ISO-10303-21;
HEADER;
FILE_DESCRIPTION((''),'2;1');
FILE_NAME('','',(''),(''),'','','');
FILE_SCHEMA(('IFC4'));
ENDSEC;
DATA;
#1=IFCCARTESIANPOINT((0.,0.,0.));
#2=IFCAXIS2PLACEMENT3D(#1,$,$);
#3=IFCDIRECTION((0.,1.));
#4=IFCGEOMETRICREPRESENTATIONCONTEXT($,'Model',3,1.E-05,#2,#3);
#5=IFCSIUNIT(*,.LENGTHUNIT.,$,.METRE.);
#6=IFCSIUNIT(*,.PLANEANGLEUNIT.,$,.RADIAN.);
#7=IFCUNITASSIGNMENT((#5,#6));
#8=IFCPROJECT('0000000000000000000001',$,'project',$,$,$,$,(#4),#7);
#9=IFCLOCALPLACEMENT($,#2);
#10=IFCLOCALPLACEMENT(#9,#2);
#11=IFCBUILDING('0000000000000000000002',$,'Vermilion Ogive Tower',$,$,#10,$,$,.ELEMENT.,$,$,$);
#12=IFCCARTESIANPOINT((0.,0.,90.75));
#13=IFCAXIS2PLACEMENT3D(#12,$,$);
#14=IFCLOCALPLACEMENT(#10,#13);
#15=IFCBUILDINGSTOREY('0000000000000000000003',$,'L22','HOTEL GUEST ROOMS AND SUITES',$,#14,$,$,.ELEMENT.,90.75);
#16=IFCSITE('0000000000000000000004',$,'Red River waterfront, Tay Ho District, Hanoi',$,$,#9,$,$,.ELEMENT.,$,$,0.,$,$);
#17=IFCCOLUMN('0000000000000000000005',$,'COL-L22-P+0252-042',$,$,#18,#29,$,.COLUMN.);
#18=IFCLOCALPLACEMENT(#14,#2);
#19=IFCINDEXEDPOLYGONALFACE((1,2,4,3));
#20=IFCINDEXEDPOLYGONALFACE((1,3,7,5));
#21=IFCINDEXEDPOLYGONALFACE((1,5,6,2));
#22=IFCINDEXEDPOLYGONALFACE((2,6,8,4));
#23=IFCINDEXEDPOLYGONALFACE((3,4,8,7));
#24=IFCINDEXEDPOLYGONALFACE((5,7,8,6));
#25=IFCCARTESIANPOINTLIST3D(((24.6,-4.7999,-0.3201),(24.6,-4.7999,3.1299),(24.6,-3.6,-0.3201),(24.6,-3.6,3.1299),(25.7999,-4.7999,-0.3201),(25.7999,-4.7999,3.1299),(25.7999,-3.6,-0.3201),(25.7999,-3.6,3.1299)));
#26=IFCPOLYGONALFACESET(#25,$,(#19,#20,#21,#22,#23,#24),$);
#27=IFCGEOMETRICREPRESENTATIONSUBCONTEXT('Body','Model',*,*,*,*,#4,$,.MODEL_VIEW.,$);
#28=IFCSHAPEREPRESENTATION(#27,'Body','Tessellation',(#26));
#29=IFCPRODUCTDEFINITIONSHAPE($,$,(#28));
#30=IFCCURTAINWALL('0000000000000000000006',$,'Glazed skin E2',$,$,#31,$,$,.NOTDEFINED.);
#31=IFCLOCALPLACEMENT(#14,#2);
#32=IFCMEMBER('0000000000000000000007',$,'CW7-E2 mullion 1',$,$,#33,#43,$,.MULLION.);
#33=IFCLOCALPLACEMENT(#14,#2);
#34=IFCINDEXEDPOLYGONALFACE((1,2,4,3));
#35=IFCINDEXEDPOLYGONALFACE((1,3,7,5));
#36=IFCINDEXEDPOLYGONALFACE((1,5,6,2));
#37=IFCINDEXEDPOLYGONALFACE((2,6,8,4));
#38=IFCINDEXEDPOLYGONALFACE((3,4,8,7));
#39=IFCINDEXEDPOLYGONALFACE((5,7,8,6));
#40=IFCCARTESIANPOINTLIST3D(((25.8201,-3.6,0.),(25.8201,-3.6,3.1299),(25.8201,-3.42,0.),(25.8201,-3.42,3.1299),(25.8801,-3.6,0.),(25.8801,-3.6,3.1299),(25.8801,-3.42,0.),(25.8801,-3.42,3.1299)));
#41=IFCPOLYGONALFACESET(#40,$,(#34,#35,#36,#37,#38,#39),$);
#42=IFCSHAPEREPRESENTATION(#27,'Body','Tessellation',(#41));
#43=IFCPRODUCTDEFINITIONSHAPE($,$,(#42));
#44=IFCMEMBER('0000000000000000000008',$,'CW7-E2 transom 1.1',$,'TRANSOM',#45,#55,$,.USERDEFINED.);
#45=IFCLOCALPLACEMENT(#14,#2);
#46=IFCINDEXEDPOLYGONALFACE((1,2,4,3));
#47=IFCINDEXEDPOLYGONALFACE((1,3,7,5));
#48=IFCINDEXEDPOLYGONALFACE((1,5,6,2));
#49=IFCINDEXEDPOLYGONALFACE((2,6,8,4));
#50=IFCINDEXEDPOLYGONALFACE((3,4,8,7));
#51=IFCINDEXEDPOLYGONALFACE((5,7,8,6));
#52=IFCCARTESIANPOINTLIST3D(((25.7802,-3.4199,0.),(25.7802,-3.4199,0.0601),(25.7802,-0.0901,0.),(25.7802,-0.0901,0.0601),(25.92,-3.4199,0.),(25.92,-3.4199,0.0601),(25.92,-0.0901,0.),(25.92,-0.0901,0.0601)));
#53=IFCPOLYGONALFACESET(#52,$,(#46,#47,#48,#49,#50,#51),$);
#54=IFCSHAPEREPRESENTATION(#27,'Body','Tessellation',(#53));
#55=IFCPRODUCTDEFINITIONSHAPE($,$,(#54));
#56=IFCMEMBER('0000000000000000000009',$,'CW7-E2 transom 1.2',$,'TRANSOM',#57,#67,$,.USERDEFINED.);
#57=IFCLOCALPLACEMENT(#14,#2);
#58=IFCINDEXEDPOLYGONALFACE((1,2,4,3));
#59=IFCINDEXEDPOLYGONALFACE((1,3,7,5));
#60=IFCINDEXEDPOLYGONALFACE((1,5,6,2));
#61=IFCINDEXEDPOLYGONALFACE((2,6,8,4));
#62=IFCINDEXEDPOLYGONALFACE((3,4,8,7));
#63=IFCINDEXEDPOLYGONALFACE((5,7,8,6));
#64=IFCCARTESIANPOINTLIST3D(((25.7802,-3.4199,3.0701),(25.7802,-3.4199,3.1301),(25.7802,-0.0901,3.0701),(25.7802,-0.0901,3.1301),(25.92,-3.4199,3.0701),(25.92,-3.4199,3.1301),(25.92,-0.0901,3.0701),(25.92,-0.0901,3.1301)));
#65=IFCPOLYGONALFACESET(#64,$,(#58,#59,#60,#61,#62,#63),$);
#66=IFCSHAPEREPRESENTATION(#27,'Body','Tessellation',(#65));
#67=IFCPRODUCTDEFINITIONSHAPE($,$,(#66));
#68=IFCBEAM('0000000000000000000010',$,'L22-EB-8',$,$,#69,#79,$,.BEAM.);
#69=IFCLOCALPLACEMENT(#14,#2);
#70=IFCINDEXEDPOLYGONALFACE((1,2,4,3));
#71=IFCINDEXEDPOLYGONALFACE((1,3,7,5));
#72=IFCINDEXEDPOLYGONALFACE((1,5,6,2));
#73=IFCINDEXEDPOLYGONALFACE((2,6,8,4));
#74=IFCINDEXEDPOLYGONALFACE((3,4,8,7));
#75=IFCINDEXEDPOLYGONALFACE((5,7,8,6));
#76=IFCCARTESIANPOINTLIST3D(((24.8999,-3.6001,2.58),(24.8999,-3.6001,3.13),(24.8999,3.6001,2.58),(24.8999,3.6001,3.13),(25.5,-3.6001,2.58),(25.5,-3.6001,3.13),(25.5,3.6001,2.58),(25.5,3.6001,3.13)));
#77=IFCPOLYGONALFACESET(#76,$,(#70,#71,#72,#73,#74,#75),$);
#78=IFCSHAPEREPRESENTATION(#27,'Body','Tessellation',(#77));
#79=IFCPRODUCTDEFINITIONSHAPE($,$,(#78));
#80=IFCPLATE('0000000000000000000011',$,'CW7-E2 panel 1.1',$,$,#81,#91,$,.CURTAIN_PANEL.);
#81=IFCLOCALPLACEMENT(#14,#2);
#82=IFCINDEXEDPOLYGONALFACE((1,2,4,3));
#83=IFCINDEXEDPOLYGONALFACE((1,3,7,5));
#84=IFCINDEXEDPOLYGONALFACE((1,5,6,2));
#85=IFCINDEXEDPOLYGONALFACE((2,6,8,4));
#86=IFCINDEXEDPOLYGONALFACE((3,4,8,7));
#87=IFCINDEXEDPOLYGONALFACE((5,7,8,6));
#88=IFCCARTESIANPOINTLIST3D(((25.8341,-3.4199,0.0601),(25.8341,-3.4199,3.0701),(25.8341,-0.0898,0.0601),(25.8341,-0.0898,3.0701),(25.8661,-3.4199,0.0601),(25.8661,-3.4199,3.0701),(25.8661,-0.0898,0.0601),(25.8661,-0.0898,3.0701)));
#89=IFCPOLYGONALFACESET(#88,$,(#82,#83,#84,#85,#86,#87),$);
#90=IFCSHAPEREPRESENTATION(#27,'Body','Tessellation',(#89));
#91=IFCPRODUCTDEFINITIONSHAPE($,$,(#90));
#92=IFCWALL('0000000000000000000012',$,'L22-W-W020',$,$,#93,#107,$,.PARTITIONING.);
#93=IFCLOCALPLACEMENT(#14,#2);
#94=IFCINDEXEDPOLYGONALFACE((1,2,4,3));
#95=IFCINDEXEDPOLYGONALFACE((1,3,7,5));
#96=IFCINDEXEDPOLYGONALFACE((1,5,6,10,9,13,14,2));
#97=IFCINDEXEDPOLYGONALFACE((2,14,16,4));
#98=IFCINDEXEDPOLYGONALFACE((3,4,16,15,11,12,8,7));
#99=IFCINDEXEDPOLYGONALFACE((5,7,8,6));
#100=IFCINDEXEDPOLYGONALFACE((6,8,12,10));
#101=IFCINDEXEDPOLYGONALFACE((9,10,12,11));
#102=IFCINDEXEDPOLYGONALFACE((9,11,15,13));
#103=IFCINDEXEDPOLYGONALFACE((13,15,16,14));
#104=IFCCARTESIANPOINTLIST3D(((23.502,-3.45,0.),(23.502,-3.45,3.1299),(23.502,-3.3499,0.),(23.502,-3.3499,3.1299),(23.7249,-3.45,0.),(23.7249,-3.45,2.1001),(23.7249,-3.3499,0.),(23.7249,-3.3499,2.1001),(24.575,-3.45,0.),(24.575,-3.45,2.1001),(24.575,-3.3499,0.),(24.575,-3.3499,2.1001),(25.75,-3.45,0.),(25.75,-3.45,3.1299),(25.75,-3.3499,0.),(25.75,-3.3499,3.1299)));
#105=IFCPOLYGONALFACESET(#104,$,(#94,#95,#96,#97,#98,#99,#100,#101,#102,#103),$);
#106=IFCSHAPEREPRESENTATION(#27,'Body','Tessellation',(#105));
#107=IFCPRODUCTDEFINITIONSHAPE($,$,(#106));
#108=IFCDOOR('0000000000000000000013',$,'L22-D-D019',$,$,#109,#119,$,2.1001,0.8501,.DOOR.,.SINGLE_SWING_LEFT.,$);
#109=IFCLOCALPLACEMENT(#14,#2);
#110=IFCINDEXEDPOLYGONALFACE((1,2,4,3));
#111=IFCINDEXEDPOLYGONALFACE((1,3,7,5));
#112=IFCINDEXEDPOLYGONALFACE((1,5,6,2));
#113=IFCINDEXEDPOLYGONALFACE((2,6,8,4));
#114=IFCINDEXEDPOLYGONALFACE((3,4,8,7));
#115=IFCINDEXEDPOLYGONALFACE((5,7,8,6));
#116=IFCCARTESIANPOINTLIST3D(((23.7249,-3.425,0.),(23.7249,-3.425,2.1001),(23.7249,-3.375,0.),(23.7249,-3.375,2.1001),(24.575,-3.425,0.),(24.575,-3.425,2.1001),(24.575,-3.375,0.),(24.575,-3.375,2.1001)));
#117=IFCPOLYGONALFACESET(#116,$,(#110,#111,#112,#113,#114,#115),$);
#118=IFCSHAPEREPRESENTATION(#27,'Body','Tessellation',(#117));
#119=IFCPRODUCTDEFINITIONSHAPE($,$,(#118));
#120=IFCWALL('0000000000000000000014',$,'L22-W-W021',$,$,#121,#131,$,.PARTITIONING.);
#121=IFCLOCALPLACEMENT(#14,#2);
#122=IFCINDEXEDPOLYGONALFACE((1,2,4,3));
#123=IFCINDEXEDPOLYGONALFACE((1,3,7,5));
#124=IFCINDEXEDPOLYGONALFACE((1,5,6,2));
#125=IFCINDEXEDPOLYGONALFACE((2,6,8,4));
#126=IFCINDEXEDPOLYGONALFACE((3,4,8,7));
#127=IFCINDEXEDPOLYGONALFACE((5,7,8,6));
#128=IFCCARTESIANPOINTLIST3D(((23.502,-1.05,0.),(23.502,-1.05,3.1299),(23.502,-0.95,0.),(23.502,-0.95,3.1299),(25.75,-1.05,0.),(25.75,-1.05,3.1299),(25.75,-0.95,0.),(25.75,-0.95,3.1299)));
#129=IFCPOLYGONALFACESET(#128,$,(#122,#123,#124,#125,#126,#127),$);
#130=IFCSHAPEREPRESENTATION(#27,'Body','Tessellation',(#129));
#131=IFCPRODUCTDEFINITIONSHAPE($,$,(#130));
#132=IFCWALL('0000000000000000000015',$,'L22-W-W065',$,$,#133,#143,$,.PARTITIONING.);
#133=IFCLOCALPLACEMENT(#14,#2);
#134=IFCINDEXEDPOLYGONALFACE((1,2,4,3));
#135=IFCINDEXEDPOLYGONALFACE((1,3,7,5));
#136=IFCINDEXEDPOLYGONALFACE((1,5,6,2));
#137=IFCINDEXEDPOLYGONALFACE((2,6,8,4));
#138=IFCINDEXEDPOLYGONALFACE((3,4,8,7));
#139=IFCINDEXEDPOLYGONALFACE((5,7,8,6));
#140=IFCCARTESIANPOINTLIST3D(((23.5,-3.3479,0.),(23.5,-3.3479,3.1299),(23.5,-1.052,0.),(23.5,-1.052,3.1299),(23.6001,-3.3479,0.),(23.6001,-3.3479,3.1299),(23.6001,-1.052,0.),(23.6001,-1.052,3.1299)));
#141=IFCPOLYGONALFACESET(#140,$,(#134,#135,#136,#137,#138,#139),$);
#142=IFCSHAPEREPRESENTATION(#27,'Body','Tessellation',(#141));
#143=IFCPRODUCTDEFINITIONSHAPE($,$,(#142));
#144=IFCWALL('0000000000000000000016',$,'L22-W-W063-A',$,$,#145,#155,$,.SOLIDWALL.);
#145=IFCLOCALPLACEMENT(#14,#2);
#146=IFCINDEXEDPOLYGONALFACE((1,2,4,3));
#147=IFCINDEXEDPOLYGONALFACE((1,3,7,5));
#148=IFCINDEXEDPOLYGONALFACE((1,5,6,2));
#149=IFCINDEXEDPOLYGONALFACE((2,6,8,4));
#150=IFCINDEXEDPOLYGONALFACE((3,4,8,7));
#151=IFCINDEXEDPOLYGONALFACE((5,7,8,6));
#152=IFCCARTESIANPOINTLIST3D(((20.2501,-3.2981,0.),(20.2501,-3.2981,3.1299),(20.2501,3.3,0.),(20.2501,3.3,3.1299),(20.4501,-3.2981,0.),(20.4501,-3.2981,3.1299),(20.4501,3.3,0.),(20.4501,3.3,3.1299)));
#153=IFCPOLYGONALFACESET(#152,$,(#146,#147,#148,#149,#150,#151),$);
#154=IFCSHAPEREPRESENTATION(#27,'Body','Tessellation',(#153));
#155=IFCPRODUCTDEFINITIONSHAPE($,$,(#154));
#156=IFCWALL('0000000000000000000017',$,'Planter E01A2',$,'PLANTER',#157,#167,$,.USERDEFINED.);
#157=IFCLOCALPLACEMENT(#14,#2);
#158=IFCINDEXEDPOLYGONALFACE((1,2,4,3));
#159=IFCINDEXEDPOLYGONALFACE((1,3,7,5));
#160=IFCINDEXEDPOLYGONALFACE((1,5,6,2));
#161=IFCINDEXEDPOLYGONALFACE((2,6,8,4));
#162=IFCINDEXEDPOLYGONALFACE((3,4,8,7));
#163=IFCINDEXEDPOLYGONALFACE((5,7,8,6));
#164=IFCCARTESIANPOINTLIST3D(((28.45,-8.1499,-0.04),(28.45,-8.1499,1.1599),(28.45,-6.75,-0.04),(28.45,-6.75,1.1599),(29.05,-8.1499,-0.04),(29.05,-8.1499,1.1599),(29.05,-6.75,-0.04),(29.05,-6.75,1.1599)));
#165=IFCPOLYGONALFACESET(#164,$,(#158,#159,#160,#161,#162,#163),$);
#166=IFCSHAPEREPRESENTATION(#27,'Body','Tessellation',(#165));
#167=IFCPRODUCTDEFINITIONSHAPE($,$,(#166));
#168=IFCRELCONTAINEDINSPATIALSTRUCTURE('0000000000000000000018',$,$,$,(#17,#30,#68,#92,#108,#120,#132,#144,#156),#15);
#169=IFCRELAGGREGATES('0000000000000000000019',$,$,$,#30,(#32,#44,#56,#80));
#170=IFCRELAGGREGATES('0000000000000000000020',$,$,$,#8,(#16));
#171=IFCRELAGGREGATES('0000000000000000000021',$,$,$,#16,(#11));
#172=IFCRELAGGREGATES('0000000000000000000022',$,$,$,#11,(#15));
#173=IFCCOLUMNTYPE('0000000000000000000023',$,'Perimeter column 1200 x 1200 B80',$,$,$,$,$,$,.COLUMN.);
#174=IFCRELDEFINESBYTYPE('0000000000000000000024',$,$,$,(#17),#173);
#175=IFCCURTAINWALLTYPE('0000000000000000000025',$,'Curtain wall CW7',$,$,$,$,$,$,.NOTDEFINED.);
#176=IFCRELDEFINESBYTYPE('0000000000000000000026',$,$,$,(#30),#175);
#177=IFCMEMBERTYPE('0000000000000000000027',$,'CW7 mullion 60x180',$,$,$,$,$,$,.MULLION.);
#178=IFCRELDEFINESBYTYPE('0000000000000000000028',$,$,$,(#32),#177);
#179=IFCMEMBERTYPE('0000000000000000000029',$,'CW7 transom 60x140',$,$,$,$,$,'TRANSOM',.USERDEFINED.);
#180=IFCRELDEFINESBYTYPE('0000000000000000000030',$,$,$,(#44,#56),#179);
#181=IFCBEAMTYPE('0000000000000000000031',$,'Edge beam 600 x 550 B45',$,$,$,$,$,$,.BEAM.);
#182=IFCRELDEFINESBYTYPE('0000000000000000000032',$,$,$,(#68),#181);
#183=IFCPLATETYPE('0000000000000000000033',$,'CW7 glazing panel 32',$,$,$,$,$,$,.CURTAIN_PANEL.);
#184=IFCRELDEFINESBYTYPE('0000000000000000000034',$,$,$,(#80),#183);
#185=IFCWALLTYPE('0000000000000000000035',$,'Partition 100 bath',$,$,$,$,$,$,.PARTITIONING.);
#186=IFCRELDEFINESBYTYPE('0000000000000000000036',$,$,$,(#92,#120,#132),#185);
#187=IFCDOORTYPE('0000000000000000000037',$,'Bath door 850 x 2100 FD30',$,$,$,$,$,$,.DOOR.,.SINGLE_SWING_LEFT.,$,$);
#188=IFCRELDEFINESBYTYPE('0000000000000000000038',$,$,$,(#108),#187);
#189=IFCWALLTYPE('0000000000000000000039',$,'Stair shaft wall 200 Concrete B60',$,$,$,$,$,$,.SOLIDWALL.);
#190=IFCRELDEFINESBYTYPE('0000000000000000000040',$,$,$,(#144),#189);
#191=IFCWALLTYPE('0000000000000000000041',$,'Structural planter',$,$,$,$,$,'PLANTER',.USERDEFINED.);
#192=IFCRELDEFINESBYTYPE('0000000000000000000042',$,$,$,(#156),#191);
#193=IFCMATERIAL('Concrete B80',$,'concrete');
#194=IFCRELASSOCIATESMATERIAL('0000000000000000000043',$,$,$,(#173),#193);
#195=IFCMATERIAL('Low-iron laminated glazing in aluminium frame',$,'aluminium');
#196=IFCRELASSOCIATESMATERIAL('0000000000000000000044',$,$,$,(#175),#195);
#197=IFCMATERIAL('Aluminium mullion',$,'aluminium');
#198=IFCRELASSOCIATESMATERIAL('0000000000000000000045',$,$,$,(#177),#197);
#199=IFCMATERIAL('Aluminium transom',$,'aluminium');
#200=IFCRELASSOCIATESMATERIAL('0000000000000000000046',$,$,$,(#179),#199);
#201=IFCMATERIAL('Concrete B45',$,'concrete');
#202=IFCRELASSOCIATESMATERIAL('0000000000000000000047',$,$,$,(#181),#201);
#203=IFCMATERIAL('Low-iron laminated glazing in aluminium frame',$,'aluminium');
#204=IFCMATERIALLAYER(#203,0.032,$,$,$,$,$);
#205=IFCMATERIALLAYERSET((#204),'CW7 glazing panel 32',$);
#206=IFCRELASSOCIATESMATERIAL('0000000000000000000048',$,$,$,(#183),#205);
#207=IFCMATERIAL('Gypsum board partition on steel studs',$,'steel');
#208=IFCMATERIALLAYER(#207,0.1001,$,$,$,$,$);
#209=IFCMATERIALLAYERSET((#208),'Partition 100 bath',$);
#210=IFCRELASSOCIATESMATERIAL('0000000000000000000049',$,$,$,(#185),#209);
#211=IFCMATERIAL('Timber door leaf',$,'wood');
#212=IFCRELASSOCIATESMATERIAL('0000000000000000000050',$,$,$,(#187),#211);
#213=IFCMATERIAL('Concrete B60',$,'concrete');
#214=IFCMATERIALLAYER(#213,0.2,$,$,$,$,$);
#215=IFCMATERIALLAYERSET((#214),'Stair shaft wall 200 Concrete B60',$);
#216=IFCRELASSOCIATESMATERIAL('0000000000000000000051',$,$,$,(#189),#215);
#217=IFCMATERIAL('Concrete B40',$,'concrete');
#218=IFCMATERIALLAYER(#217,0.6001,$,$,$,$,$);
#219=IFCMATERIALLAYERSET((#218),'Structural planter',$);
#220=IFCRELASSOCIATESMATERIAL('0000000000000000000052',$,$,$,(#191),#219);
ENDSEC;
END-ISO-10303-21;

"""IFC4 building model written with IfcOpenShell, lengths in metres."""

from ifc_helpers import new_model, si_unit, direction, frame, frame_2d, origin, origin_2d, place, context, subcontext, project, spatial, rectangle, extrude, material, layer, layer_set, material_profile, profile_set, type_object, element, fill, aggregate, save


model = new_model("IFC4")

# Units and contexts
model_context = context("Model", 3, precision=1e-05, world=origin(), true_north=direction((0.0, 1.0)))
body_context = subcontext(model_context, "Body", "Model", "MODEL_VIEW")
ifc_project = project(units=[si_unit("LENGTHUNIT", "METRE"), si_unit("PLANEANGLEUNIT", "RADIAN")], contexts=[model_context])

# Site, building, storey
site_placement = place(None, origin())
site = spatial("IfcSite", under=ifc_project, at=site_placement, Name="Red River waterfront, Tay Ho District, Hanoi", CompositionType="ELEMENT", RefElevation=0.0)
building_placement = place(site_placement, origin())
building = spatial("IfcBuilding", under=site, at=building_placement, Name="Vermilion Ogive Tower", CompositionType="ELEMENT")
storey_placement = place(building_placement, frame((0.0, 0.0, 90.75)))
storey = spatial("IfcBuildingStorey", under=building, at=storey_placement, Name="L22", Description="HOTEL GUEST ROOMS AND SUITES", CompositionType="ELEMENT", Elevation=90.75)

# Column
ifc_material_1 = material(Name="Concrete B80", Category="concrete")
ifc_material_profile_1 = material_profile(ifc_material_1, rectangle(XDim=1.2, YDim=1.2, at=origin_2d()), Name="1200 x 1200")
ifc_profile_set_1 = profile_set([ifc_material_profile_1], Name="Concrete B80")
column_type = type_object("IfcColumnType", Name="Perimeter column 1200 x 1200 B80", PredefinedType="COLUMN", material=ifc_profile_set_1)
column_placement = place(storey_placement, frame((25.2, -4.2, -0.3201), z_axis=(0.0, 0.0, 1.0), x_axis=(1.0, 0.0, 0.0)))
element("IfcColumn", 1, at=column_placement, inside=storey, type_object=column_type, Name="COL-L22-P+0252-042", PredefinedType="COLUMN", context=body_context, shape_type="SweptSolid", body=[
    extrude(rectangle(XDim=1.2, YDim=1.2, at=origin_2d()), origin(), (0.0, 0.0, 1.0), 3.45),
])

# Curtain wall, members
ifc_material_2 = material(Name="Low-iron laminated glazing in aluminium frame", Category="aluminium")
curtain_wall_type = type_object("IfcCurtainWallType", Name="Curtain wall CW7", PredefinedType="NOTDEFINED", material=ifc_material_2)
curtain_wall_placement = place(storey_placement, origin())
curtain_wall = element("IfcCurtainWall", 2, at=curtain_wall_placement, inside=storey, type_object=curtain_wall_type, Name="Glazed skin E2", PredefinedType="NOTDEFINED")
ifc_material_3 = material(Name="Aluminium mullion", Category="aluminium")
ifc_material_profile_2 = material_profile(ifc_material_3, rectangle(XDim=0.0601, YDim=0.1799, at=origin_2d()), Name="AL 60x180")
ifc_profile_set_2 = profile_set([ifc_material_profile_2], Name="Aluminium mullion")
member_type_1 = type_object("IfcMemberType", Name="CW7 mullion 60x180", PredefinedType="MULLION", material=ifc_profile_set_2)
member_1_placement = place(storey_placement, frame((25.8501, -3.51, 0.0), z_axis=(0.0, 0.0, 1.0), x_axis=(-1.0, 0.0, 0.0)))
member_1 = element("IfcMember", 3, at=member_1_placement, type_object=member_type_1, Name="CW7-E2 mullion 1", PredefinedType="MULLION", context=body_context, shape_type="SweptSolid", body=[
    extrude(rectangle(XDim=0.0601, YDim=0.1799, at=origin_2d()), origin(), (0.0, 0.0, 1.0), 3.1299),
])
ifc_material_4 = material(Name="Aluminium transom", Category="aluminium")
ifc_material_profile_3 = material_profile(ifc_material_4, rectangle(XDim=0.1399, YDim=0.0601, at=origin_2d()), Name="AL 60x140")
ifc_profile_set_3 = profile_set([ifc_material_profile_3], Name="Aluminium transom")
member_type_2 = type_object("IfcMemberType", Name="CW7 transom 60x140", ElementType="TRANSOM", PredefinedType="USERDEFINED", material=ifc_profile_set_3)
member_2_placement = place(storey_placement, frame((25.8501, -3.4199, 0.03), z_axis=(0.0, 1.0, 0.0), x_axis=(-1.0, 0.0, 0.0)))
member_2 = element("IfcMember", 4, at=member_2_placement, type_object=member_type_2, Name="CW7-E2 transom 1.1", ObjectType="TRANSOM", PredefinedType="USERDEFINED", context=body_context, shape_type="SweptSolid", body=[
    extrude(rectangle(XDim=0.1399, YDim=0.0601, at=origin_2d()), origin(), (0.0, 0.0, 1.0), 3.3298),
])
member_3_placement = place(storey_placement, frame((25.8501, -3.4199, 3.1001), z_axis=(0.0, 1.0, 0.0), x_axis=(-1.0, 0.0, 0.0)))
member_3 = element("IfcMember", 5, at=member_3_placement, type_object=member_type_2, Name="CW7-E2 transom 1.2", ObjectType="TRANSOM", PredefinedType="USERDEFINED", context=body_context, shape_type="SweptSolid", body=[
    extrude(rectangle(XDim=0.1399, YDim=0.0601, at=origin_2d()), origin(), (0.0, 0.0, 1.0), 3.3298),
])

# Beam
ifc_material_5 = material(Name="Concrete B45", Category="concrete")
ifc_material_profile_4 = material_profile(ifc_material_5, rectangle(XDim=0.6001, YDim=0.55, at=origin_2d()), Name="600 x 550")
ifc_profile_set_4 = profile_set([ifc_material_profile_4], Name="Concrete B45")
beam_type = type_object("IfcBeamType", Name="Edge beam 600 x 550 B45", PredefinedType="BEAM", material=ifc_profile_set_4)
beam_placement = place(storey_placement, frame((25.2, -3.6001, 2.855), z_axis=(0.0, 1.0, 0.0), x_axis=(-1.0, 0.0, 0.0)))
element("IfcBeam", 6, at=beam_placement, inside=storey, type_object=beam_type, Name="L22-EB-8", PredefinedType="BEAM", context=body_context, shape_type="SweptSolid", body=[
    extrude(rectangle(XDim=0.6001, YDim=0.55, at=origin_2d()), origin(), (0.0, 0.0, 1.0), 7.2002),
])

# Plate
ifc_material_6 = material(Name="Low-iron laminated glazing in aluminium frame", Category="aluminium")
ifc_layer_1 = layer(ifc_material_6, 0.032)
ifc_layer_set_1 = layer_set([ifc_layer_1], Name="CW7 glazing panel 32")
plate_type = type_object("IfcPlateType", Name="CW7 glazing panel 32", PredefinedType="CURTAIN_PANEL", material=ifc_layer_set_1)
plate_placement = place(storey_placement, frame((25.8501, -1.7549, 0.0601), z_axis=(0.0, 0.0, 1.0), x_axis=(0.0, 1.0, 0.0)))
plate = element("IfcPlate", 7, at=plate_placement, type_object=plate_type, Name="CW7-E2 panel 1.1", PredefinedType="CURTAIN_PANEL", context=body_context, shape_type="SweptSolid", body=[
    extrude(rectangle(XDim=3.3301, YDim=0.032, at=origin_2d()), origin(), (0.0, 0.0, 1.0), 3.01),
])
aggregate(curtain_wall, [member_1, member_2, member_3, plate])

# Wall, opening, door
ifc_material_7 = material(Name="Gypsum board partition on steel studs", Category="steel")
ifc_layer_2 = layer(ifc_material_7, 0.1001)
ifc_layer_set_2 = layer_set([ifc_layer_2], Name="Partition 100 bath")
wall_type_1 = type_object("IfcWallType", Name="Partition 100 bath", PredefinedType="PARTITIONING", material=ifc_layer_set_2)
wall_1_placement = place(storey_placement, frame((23.502, -3.3999, 0.0), z_axis=(0.0, 0.0, 1.0), x_axis=(1.0, 0.0, 0.0)))
wall_1 = element("IfcWall", 8, at=wall_1_placement, inside=storey, type_object=wall_type_1, Name="L22-W-W020", PredefinedType="PARTITIONING", context=body_context, shape_type="SweptSolid", body=[
    extrude(rectangle(XDim=2.248, YDim=0.1001, at=frame_2d((1.124, 0.0))), origin(), (0.0, 0.0, 1.0), 3.1299),
])
opening_1_placement = place(wall_1_placement, frame((0.2229, 0.0, 0.0)))
opening_1 = element("IfcOpeningElement", 9, at=opening_1_placement, cuts=wall_1, PredefinedType="OPENING", context=body_context, shape_type="SweptSolid", body=[
    extrude(rectangle(XDim=0.8501, YDim=2.1001, at=frame_2d((0.425, 1.05))), frame((0.0, 0.0601, 0.0), z_axis=(0.0, -1.0, 0.0), x_axis=(1.0, 0.0, 0.0)), (0.0, 0.0, 1.0), 0.1201),
])
ifc_material_8 = material(Name="Timber door leaf", Category="wood")
door_type_1 = type_object("IfcDoorType", Name="Bath door 850 x 2100 FD30", OperationType="SINGLE_SWING_LEFT", PredefinedType="DOOR", material=ifc_material_8)
door_1_placement = place(opening_1_placement, origin())
door_1 = element("IfcDoor", 10, at=door_1_placement, inside=storey, type_object=door_type_1, Name="L22-D-D019", OperationType="SINGLE_SWING_LEFT", OverallHeight=2.1001, OverallWidth=0.8501, PredefinedType="DOOR", context=body_context, shape_type="SweptSolid", body=[
    extrude(rectangle(XDim=0.8501, YDim=2.1001, at=frame_2d((0.425, 1.05))), frame((0.0, 0.0249, 0.0), z_axis=(0.0, -1.0, 0.0), x_axis=(1.0, 0.0, 0.0)), (0.0, 0.0, 1.0), 0.05),
])
fill(opening_1, door_1)

# Walls
wall_2_placement = place(storey_placement, frame((23.502, -1.0, 0.0), z_axis=(0.0, 0.0, 1.0), x_axis=(1.0, 0.0, 0.0)))
element("IfcWall", 11, at=wall_2_placement, inside=storey, type_object=wall_type_1, Name="L22-W-W021", PredefinedType="PARTITIONING", context=body_context, shape_type="SweptSolid", body=[
    extrude(rectangle(XDim=2.248, YDim=0.1001, at=frame_2d((1.124, 0.0))), origin(), (0.0, 0.0, 1.0), 3.1299),
])
wall_3_placement = place(storey_placement, frame((23.55, -3.3479, 0.0), z_axis=(0.0, 0.0, 1.0), x_axis=(0.0, 1.0, 0.0)))
element("IfcWall", 12, at=wall_3_placement, inside=storey, type_object=wall_type_1, Name="L22-W-W065", PredefinedType="PARTITIONING", context=body_context, shape_type="SweptSolid", body=[
    extrude(rectangle(XDim=2.2959, YDim=0.1001, at=frame_2d((1.1479, 0.0))), origin(), (0.0, 0.0, 1.0), 3.1299),
])
ifc_material_9 = material(Name="Concrete B60", Category="concrete")
ifc_layer_3 = layer(ifc_material_9, 0.2)
ifc_layer_set_3 = layer_set([ifc_layer_3], Name="Stair shaft wall 200 Concrete B60")
wall_type_2 = type_object("IfcWallType", Name="Stair shaft wall 200 Concrete B60", PredefinedType="SOLIDWALL", material=ifc_layer_set_3)
wall_4_placement = place(storey_placement, frame((20.3501, -3.2981, 0.0), z_axis=(0.0, 0.0, 1.0), x_axis=(0.0, 1.0, 0.0)))
element("IfcWall", 13, at=wall_4_placement, inside=storey, type_object=wall_type_2, Name="L22-W-W063-A", PredefinedType="SOLIDWALL", context=body_context, shape_type="SweptSolid", body=[
    extrude(rectangle(XDim=6.5981, YDim=0.2, at=frame_2d((3.2991, 0.0))), origin(), (0.0, 0.0, 1.0), 3.1299),
])
ifc_material_10 = material(Name="Concrete B40", Category="concrete")
ifc_layer_4 = layer(ifc_material_10, 0.6001)
ifc_layer_set_4 = layer_set([ifc_layer_4], Name="Structural planter")
wall_type_3 = type_object("IfcWallType", Name="Structural planter", ElementType="PLANTER", PredefinedType="USERDEFINED", material=ifc_layer_set_4)
wall_5_placement = place(storey_placement, frame((28.75, -8.1499, -0.04), z_axis=(0.0, 0.0, 1.0), x_axis=(0.0, 1.0, 0.0)))
element("IfcWall", 14, at=wall_5_placement, inside=storey, type_object=wall_type_3, Name="Planter E01A2", ObjectType="PLANTER", PredefinedType="USERDEFINED", context=body_context, shape_type="SweptSolid", body=[
    extrude(rectangle(XDim=1.3999, YDim=0.6001, at=frame_2d((0.7, 0.0))), origin(), (0.0, 0.0, 1.0), 1.2),
])

save(model, "model.ifc")
